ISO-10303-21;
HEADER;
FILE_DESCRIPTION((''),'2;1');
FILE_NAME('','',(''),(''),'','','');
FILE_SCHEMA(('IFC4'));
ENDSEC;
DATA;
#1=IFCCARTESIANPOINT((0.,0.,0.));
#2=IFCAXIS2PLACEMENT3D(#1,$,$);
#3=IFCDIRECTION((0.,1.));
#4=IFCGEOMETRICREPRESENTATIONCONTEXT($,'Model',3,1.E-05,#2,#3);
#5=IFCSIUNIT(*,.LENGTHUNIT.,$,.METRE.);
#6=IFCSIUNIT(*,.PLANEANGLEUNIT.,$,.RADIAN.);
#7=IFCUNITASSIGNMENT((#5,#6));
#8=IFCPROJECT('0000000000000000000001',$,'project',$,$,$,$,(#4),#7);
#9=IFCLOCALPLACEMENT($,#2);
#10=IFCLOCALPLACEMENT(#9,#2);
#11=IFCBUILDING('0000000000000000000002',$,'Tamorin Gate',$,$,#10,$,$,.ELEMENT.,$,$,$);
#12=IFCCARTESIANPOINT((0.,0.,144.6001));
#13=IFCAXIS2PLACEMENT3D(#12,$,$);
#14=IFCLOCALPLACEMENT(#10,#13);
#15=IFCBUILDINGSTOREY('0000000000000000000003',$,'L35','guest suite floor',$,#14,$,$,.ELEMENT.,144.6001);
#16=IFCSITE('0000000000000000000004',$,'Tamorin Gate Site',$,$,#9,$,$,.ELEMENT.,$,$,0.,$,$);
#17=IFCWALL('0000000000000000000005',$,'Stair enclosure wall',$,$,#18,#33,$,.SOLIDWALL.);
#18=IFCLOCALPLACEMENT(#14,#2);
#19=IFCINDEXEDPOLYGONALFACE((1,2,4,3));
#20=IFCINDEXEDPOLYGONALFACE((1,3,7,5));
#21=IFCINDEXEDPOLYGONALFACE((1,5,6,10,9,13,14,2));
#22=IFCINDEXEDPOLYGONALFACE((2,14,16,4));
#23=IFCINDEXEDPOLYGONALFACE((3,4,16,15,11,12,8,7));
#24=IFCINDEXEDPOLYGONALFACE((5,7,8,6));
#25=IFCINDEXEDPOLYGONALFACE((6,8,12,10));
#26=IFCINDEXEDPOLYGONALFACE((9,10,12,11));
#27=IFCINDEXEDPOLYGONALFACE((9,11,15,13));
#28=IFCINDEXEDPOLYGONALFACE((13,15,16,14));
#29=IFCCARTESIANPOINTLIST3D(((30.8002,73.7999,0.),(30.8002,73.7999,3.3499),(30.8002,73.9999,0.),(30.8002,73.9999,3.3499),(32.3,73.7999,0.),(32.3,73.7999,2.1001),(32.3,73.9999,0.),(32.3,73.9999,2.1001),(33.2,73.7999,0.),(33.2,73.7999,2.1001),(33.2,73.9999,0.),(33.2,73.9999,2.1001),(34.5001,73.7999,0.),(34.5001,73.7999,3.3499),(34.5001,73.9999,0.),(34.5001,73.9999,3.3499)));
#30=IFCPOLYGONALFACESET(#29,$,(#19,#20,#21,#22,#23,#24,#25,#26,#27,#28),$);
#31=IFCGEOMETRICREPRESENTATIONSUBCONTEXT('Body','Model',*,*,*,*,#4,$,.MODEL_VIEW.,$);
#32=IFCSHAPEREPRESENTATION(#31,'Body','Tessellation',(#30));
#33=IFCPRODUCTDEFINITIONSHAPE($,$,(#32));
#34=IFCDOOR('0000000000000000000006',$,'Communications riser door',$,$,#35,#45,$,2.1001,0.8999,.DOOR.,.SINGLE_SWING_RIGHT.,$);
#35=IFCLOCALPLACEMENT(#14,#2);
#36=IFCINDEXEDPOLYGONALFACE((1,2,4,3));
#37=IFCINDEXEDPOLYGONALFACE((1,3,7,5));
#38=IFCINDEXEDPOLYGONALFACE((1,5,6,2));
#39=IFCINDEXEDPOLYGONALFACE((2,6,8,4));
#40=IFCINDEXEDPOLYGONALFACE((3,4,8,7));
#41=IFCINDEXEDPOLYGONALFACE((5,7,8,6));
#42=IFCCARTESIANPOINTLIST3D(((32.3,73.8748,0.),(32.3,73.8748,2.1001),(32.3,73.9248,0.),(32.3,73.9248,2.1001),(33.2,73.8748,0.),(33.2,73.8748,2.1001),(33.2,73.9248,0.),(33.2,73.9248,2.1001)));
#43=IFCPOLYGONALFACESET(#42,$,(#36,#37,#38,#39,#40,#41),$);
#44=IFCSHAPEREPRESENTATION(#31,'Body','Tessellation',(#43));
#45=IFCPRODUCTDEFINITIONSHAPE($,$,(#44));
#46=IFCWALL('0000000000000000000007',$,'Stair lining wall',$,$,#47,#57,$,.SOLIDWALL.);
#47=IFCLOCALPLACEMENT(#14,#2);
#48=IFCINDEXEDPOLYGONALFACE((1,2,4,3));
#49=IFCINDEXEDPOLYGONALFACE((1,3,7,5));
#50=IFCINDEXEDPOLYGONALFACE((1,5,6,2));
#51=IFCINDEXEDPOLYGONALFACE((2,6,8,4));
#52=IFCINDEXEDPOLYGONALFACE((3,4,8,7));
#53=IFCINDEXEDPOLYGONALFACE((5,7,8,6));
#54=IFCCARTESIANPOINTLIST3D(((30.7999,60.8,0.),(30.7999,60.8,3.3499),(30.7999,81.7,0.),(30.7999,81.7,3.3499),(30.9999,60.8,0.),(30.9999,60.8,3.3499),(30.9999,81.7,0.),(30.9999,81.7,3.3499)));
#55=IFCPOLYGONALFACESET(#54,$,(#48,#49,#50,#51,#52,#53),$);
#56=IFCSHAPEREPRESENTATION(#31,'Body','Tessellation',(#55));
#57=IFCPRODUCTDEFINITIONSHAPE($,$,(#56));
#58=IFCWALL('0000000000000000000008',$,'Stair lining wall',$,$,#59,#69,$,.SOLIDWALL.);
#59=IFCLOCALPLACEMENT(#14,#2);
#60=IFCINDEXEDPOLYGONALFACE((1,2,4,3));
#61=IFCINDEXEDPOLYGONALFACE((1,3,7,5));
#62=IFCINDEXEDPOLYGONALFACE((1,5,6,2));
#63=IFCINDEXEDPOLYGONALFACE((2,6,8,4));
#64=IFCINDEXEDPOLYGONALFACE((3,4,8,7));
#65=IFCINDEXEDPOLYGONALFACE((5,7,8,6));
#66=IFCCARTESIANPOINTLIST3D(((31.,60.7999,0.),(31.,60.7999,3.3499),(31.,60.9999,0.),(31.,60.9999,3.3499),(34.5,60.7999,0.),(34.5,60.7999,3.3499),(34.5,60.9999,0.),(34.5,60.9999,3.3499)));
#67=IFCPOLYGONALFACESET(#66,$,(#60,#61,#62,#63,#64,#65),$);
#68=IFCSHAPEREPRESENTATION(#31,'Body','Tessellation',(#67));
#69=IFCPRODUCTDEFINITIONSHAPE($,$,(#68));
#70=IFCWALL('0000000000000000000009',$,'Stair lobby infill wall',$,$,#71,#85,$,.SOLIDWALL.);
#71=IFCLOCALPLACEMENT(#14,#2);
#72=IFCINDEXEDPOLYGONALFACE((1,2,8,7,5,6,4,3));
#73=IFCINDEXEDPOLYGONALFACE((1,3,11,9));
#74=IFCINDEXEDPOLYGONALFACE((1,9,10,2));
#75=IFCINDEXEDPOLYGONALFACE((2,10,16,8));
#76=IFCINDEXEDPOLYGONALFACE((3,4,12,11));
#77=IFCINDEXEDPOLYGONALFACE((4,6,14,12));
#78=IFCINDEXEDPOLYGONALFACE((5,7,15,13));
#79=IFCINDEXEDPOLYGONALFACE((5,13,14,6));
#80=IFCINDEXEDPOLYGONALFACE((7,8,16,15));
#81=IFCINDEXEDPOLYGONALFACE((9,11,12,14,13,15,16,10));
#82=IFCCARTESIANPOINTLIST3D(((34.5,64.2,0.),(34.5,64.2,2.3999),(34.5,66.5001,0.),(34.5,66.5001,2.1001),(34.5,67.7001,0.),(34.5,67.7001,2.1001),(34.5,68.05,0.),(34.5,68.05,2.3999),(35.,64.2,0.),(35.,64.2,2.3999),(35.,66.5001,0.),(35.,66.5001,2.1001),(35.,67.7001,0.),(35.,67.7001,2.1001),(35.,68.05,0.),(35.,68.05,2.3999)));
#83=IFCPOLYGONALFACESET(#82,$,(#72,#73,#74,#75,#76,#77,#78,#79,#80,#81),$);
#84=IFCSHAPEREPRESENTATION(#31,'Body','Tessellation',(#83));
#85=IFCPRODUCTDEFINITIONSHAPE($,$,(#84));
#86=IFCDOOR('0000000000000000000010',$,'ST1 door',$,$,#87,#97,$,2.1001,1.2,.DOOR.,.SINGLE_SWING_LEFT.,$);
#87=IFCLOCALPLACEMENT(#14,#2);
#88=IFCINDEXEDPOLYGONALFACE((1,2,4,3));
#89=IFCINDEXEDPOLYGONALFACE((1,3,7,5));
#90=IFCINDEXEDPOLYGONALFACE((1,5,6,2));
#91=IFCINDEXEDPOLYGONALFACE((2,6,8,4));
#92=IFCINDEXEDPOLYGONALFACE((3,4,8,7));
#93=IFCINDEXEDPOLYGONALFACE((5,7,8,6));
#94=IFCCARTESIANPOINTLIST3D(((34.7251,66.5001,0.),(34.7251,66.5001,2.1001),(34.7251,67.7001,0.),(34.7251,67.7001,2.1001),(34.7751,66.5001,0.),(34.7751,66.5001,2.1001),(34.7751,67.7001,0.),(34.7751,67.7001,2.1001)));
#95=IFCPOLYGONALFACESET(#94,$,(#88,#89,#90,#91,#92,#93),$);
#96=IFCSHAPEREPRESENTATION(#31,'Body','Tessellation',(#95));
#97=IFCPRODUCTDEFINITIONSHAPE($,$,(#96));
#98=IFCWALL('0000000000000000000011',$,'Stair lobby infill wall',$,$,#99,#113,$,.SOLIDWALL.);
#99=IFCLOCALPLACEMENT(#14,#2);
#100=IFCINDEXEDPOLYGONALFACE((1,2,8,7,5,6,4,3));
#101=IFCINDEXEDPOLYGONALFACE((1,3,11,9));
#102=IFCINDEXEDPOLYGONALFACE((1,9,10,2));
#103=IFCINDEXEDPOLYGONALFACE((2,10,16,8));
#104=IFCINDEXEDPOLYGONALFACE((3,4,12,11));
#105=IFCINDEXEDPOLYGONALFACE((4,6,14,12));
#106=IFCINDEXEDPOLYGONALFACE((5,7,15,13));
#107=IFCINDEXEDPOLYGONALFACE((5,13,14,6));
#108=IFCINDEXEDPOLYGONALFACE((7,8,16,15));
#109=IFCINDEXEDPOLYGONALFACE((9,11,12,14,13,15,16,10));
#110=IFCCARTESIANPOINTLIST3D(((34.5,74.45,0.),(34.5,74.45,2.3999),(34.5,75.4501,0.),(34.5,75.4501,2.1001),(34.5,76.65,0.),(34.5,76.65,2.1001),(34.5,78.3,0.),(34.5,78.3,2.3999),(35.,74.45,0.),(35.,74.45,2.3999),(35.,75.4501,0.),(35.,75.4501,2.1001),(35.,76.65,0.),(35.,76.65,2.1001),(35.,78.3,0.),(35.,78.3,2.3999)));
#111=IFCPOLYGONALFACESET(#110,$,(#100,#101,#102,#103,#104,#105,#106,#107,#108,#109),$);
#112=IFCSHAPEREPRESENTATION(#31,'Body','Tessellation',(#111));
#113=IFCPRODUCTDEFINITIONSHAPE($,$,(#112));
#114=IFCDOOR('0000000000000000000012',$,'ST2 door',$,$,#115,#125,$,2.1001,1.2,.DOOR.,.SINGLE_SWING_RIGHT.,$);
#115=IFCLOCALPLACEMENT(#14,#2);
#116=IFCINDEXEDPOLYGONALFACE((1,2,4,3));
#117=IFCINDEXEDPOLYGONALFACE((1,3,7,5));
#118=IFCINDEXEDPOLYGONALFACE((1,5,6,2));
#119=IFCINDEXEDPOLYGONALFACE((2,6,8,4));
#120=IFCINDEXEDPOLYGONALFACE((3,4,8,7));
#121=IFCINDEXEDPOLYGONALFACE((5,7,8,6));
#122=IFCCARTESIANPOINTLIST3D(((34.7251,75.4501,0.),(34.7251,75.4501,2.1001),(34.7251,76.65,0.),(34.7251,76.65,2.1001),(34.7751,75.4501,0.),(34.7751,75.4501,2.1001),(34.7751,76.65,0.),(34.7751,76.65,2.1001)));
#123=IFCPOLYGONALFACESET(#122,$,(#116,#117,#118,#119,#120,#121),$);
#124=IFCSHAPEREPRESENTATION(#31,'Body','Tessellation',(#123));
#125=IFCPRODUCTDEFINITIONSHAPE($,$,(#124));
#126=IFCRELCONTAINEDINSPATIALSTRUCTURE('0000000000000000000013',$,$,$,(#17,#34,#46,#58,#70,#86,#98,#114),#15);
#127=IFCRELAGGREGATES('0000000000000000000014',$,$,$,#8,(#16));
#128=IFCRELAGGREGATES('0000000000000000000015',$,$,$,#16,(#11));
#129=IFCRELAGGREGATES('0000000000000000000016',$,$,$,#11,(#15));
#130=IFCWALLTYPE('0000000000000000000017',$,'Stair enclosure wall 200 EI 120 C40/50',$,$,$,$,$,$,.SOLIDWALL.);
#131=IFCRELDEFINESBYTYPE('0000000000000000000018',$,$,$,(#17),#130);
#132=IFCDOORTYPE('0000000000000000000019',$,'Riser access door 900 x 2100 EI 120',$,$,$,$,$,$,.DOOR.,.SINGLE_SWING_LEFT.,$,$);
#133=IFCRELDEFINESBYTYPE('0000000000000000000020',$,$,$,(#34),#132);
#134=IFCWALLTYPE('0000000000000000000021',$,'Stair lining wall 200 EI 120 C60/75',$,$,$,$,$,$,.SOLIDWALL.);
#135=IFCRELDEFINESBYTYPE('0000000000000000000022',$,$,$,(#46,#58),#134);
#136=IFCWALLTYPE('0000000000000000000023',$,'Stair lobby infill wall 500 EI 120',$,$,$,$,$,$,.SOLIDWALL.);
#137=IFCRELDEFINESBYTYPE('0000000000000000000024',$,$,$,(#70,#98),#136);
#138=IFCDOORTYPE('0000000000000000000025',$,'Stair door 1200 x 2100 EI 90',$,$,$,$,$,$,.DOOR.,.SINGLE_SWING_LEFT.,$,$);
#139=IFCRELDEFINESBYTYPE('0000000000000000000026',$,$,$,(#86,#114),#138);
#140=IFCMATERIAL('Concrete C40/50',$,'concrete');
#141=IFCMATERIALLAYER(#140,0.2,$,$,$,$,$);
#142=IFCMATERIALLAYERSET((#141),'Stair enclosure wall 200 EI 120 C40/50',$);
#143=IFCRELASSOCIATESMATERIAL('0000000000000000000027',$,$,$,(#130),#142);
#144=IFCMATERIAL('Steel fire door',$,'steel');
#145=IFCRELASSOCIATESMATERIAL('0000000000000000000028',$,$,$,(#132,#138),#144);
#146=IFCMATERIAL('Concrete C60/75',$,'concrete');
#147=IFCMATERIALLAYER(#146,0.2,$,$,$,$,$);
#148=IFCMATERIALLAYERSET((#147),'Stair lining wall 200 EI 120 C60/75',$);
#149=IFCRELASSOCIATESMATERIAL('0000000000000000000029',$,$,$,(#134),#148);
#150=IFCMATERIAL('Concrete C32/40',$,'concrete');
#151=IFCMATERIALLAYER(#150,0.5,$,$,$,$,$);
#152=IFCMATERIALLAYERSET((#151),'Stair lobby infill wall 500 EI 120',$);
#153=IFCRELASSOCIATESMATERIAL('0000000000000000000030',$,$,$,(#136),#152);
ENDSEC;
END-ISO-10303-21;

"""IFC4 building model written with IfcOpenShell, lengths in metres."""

from ifc_helpers import new_model, si_unit, direction, frame, frame_2d, origin, place, context, subcontext, project, spatial, rectangle, extrude, material, layer, layer_set, type_object, element, fill, save


model = new_model("IFC4")

# Units and contexts
model_context = context("Model", 3, precision=1e-05, world=origin(), true_north=direction((0.0, 1.0)))
body_context = subcontext(model_context, "Body", "Model", "MODEL_VIEW")
ifc_project = project(units=[si_unit("LENGTHUNIT", "METRE"), si_unit("PLANEANGLEUNIT", "RADIAN")], contexts=[model_context])

# Site, building, storey
site_placement = place(None, origin())
site = spatial("IfcSite", under=ifc_project, at=site_placement, Name="Tamorin Gate Site", CompositionType="ELEMENT", RefElevation=0.0)
building_placement = place(site_placement, origin())
building = spatial("IfcBuilding", under=site, at=building_placement, Name="Tamorin Gate", CompositionType="ELEMENT")
storey_placement = place(building_placement, frame((0.0, 0.0, 144.6001)))
storey = spatial("IfcBuildingStorey", under=building, at=storey_placement, Name="L35", Description="guest suite floor", CompositionType="ELEMENT", Elevation=144.6001)

# Shared definitions
ifc_material_1 = material(Name="Concrete C60/75", Category="concrete")

# Wall, opening, door
ifc_material_2 = material(Name="Concrete C40/50", Category="concrete")
ifc_layer_1 = layer(ifc_material_2, 0.2)
ifc_layer_set_1 = layer_set([ifc_layer_1], Name="Stair enclosure wall 200 EI 120 C40/50")
wall_type_1 = type_object("IfcWallType", Name="Stair enclosure wall 200 EI 120 C40/50", PredefinedType="SOLIDWALL", material=ifc_layer_set_1)
ifc_material_3 = material(Name="Steel fire door", Category="steel")
door_type_1 = type_object("IfcDoorType", Name="Riser access door 900 x 2100 EI 120", OperationType="SINGLE_SWING_LEFT", PredefinedType="DOOR", material=ifc_material_3)
wall_1_placement = place(storey_placement, frame((30.8, 73.8999, 0.0), z_axis=(0.0, 0.0, 1.0), x_axis=(1.0, 0.0, 0.0)))
wall_1 = element("IfcWall", 1, at=wall_1_placement, inside=storey, type_object=wall_type_1, Name="Stair enclosure wall", PredefinedType="SOLIDWALL", context=body_context, shape_type="SweptSolid", body=[
    extrude(rectangle(XDim=3.7, YDim=0.2, at=frame_2d((1.8501, 0.0))), origin(), (0.0, 0.0, 1.0), 3.3499),
])
opening_1_placement = place(wall_1_placement, frame((1.5, 0.0, 0.0)))
opening_1 = element("IfcOpeningElement", 2, at=opening_1_placement, cuts=wall_1, PredefinedType="OPENING", context=body_context, shape_type="SweptSolid", body=[
    extrude(rectangle(XDim=0.8999, YDim=2.1001, at=frame_2d((0.45, 1.05))), frame((0.0, 0.1099, 0.0), z_axis=(0.0, -1.0, 0.0), x_axis=(1.0, 0.0, 0.0)), (0.0, 0.0, 1.0), 0.22),
])
door_1_placement = place(opening_1_placement, origin())
door_1 = element("IfcDoor", 3, at=door_1_placement, inside=storey, type_object=door_type_1, Name="Communications riser door", OperationType="SINGLE_SWING_RIGHT", OverallHeight=2.1001, OverallWidth=0.8999, PredefinedType="DOOR", context=body_context, shape_type="SweptSolid", body=[
    extrude(rectangle(XDim=0.8999, YDim=2.1001, at=frame_2d((0.45, 1.05))), frame((0.0, 0.0249, 0.0), z_axis=(0.0, -1.0, 0.0), x_axis=(1.0, 0.0, 0.0)), (0.0, 0.0, 1.0), 0.05),
])
fill(opening_1, door_1)

# Walls
ifc_layer_2 = layer(ifc_material_1, 0.2)
ifc_layer_set_2 = layer_set([ifc_layer_2], Name="Stair lining wall 200 EI 120 C60/75")
wall_type_2 = type_object("IfcWallType", Name="Stair lining wall 200 EI 120 C60/75", PredefinedType="SOLIDWALL", material=ifc_layer_set_2)
wall_2_placement = place(storey_placement, frame((30.8999, 60.8, 0.0), z_axis=(0.0, 0.0, 1.0), x_axis=(0.0, 1.0, 0.0)))
element("IfcWall", 4, at=wall_2_placement, inside=storey, type_object=wall_type_2, Name="Stair lining wall", PredefinedType="SOLIDWALL", context=body_context, shape_type="SweptSolid", body=[
    extrude(rectangle(XDim=20.8999, YDim=0.2, at=frame_2d((10.45, 0.0))), origin(), (0.0, 0.0, 1.0), 3.3499),
])
wall_3_placement = place(storey_placement, frame((31.0, 60.8999, 0.0), z_axis=(0.0, 0.0, 1.0), x_axis=(1.0, 0.0, 0.0)))
element("IfcWall", 5, at=wall_3_placement, inside=storey, type_object=wall_type_2, Name="Stair lining wall", PredefinedType="SOLIDWALL", context=body_context, shape_type="SweptSolid", body=[
    extrude(rectangle(XDim=3.5, YDim=0.2, at=frame_2d((1.75, 0.0))), origin(), (0.0, 0.0, 1.0), 3.3499),
])

# Walls, openings, doors
ifc_material_4 = material(Name="Concrete C32/40", Category="concrete")
ifc_layer_3 = layer(ifc_material_4, 0.5)
ifc_layer_set_3 = layer_set([ifc_layer_3], Name="Stair lobby infill wall 500 EI 120")
wall_type_3 = type_object("IfcWallType", Name="Stair lobby infill wall 500 EI 120", PredefinedType="SOLIDWALL", material=ifc_layer_set_3)
wall_4_placement = place(storey_placement, frame((34.75, 64.2, 0.0), z_axis=(0.0, 0.0, 1.0), x_axis=(0.0, 1.0, 0.0)))
wall_4 = element("IfcWall", 6, at=wall_4_placement, inside=storey, type_object=wall_type_3, Name="Stair lobby infill wall", PredefinedType="SOLIDWALL", context=body_context, shape_type="SweptSolid", body=[
    extrude(rectangle(XDim=3.8501, YDim=0.5, at=frame_2d((1.925, 0.0))), origin(), (0.0, 0.0, 1.0), 2.3999),
])
opening_2_placement = place(wall_4_placement, frame((2.3, 0.0, 0.0)))
opening_2 = element("IfcOpeningElement", 7, at=opening_2_placement, cuts=wall_4, PredefinedType="OPENING", context=body_context, shape_type="SweptSolid", body=[
    extrude(rectangle(XDim=1.2, YDim=2.1001, at=frame_2d((0.6001, 1.05))), frame((0.0, 0.26, 0.0), z_axis=(0.0, -1.0, 0.0), x_axis=(1.0, 0.0, 0.0)), (0.0, 0.0, 1.0), 0.52),
])
door_type_2 = type_object("IfcDoorType", Name="Stair door 1200 x 2100 EI 90", OperationType="SINGLE_SWING_LEFT", PredefinedType="DOOR", material=ifc_material_3)
door_2_placement = place(opening_2_placement, origin())
door_2 = element("IfcDoor", 8, at=door_2_placement, inside=storey, type_object=door_type_2, Name="ST1 door", OperationType="SINGLE_SWING_LEFT", OverallHeight=2.1001, OverallWidth=1.2, PredefinedType="DOOR", context=body_context, shape_type="SweptSolid", body=[
    extrude(rectangle(XDim=1.2, YDim=2.1001, at=frame_2d((0.6001, 1.05))), frame((0.0, 0.0249, 0.0), z_axis=(0.0, -1.0, 0.0), x_axis=(1.0, 0.0, 0.0)), (0.0, 0.0, 1.0), 0.05),
])
fill(opening_2, door_2)
wall_5_placement = place(storey_placement, frame((34.75, 74.45, 0.0), z_axis=(0.0, 0.0, 1.0), x_axis=(0.0, 1.0, 0.0)))
wall_5 = element("IfcWall", 9, at=wall_5_placement, inside=storey, type_object=wall_type_3, Name="Stair lobby infill wall", PredefinedType="SOLIDWALL", context=body_context, shape_type="SweptSolid", body=[
    extrude(rectangle(XDim=3.8501, YDim=0.5, at=frame_2d((1.925, 0.0))), origin(), (0.0, 0.0, 1.0), 2.3999),
])
opening_3_placement = place(wall_5_placement, frame((1.0, 0.0, 0.0)))
opening_3 = element("IfcOpeningElement", 10, at=opening_3_placement, cuts=wall_5, PredefinedType="OPENING", context=body_context, shape_type="SweptSolid", body=[
    extrude(rectangle(XDim=1.2, YDim=2.1001, at=frame_2d((0.6001, 1.05))), frame((0.0, 0.26, 0.0), z_axis=(0.0, -1.0, 0.0), x_axis=(1.0, 0.0, 0.0)), (0.0, 0.0, 1.0), 0.52),
])
door_3_placement = place(opening_3_placement, origin())
door_3 = element("IfcDoor", 11, at=door_3_placement, inside=storey, type_object=door_type_2, Name="ST2 door", OperationType="SINGLE_SWING_RIGHT", OverallHeight=2.1001, OverallWidth=1.2, PredefinedType="DOOR", context=body_context, shape_type="SweptSolid", body=[
    extrude(rectangle(XDim=1.2, YDim=2.1001, at=frame_2d((0.6001, 1.05))), frame((0.0, 0.0249, 0.0), z_axis=(0.0, -1.0, 0.0), x_axis=(1.0, 0.0, 0.0)), (0.0, 0.0, 1.0), 0.05),
])
fill(opening_3, door_3)

save(model, "model.ifc")
